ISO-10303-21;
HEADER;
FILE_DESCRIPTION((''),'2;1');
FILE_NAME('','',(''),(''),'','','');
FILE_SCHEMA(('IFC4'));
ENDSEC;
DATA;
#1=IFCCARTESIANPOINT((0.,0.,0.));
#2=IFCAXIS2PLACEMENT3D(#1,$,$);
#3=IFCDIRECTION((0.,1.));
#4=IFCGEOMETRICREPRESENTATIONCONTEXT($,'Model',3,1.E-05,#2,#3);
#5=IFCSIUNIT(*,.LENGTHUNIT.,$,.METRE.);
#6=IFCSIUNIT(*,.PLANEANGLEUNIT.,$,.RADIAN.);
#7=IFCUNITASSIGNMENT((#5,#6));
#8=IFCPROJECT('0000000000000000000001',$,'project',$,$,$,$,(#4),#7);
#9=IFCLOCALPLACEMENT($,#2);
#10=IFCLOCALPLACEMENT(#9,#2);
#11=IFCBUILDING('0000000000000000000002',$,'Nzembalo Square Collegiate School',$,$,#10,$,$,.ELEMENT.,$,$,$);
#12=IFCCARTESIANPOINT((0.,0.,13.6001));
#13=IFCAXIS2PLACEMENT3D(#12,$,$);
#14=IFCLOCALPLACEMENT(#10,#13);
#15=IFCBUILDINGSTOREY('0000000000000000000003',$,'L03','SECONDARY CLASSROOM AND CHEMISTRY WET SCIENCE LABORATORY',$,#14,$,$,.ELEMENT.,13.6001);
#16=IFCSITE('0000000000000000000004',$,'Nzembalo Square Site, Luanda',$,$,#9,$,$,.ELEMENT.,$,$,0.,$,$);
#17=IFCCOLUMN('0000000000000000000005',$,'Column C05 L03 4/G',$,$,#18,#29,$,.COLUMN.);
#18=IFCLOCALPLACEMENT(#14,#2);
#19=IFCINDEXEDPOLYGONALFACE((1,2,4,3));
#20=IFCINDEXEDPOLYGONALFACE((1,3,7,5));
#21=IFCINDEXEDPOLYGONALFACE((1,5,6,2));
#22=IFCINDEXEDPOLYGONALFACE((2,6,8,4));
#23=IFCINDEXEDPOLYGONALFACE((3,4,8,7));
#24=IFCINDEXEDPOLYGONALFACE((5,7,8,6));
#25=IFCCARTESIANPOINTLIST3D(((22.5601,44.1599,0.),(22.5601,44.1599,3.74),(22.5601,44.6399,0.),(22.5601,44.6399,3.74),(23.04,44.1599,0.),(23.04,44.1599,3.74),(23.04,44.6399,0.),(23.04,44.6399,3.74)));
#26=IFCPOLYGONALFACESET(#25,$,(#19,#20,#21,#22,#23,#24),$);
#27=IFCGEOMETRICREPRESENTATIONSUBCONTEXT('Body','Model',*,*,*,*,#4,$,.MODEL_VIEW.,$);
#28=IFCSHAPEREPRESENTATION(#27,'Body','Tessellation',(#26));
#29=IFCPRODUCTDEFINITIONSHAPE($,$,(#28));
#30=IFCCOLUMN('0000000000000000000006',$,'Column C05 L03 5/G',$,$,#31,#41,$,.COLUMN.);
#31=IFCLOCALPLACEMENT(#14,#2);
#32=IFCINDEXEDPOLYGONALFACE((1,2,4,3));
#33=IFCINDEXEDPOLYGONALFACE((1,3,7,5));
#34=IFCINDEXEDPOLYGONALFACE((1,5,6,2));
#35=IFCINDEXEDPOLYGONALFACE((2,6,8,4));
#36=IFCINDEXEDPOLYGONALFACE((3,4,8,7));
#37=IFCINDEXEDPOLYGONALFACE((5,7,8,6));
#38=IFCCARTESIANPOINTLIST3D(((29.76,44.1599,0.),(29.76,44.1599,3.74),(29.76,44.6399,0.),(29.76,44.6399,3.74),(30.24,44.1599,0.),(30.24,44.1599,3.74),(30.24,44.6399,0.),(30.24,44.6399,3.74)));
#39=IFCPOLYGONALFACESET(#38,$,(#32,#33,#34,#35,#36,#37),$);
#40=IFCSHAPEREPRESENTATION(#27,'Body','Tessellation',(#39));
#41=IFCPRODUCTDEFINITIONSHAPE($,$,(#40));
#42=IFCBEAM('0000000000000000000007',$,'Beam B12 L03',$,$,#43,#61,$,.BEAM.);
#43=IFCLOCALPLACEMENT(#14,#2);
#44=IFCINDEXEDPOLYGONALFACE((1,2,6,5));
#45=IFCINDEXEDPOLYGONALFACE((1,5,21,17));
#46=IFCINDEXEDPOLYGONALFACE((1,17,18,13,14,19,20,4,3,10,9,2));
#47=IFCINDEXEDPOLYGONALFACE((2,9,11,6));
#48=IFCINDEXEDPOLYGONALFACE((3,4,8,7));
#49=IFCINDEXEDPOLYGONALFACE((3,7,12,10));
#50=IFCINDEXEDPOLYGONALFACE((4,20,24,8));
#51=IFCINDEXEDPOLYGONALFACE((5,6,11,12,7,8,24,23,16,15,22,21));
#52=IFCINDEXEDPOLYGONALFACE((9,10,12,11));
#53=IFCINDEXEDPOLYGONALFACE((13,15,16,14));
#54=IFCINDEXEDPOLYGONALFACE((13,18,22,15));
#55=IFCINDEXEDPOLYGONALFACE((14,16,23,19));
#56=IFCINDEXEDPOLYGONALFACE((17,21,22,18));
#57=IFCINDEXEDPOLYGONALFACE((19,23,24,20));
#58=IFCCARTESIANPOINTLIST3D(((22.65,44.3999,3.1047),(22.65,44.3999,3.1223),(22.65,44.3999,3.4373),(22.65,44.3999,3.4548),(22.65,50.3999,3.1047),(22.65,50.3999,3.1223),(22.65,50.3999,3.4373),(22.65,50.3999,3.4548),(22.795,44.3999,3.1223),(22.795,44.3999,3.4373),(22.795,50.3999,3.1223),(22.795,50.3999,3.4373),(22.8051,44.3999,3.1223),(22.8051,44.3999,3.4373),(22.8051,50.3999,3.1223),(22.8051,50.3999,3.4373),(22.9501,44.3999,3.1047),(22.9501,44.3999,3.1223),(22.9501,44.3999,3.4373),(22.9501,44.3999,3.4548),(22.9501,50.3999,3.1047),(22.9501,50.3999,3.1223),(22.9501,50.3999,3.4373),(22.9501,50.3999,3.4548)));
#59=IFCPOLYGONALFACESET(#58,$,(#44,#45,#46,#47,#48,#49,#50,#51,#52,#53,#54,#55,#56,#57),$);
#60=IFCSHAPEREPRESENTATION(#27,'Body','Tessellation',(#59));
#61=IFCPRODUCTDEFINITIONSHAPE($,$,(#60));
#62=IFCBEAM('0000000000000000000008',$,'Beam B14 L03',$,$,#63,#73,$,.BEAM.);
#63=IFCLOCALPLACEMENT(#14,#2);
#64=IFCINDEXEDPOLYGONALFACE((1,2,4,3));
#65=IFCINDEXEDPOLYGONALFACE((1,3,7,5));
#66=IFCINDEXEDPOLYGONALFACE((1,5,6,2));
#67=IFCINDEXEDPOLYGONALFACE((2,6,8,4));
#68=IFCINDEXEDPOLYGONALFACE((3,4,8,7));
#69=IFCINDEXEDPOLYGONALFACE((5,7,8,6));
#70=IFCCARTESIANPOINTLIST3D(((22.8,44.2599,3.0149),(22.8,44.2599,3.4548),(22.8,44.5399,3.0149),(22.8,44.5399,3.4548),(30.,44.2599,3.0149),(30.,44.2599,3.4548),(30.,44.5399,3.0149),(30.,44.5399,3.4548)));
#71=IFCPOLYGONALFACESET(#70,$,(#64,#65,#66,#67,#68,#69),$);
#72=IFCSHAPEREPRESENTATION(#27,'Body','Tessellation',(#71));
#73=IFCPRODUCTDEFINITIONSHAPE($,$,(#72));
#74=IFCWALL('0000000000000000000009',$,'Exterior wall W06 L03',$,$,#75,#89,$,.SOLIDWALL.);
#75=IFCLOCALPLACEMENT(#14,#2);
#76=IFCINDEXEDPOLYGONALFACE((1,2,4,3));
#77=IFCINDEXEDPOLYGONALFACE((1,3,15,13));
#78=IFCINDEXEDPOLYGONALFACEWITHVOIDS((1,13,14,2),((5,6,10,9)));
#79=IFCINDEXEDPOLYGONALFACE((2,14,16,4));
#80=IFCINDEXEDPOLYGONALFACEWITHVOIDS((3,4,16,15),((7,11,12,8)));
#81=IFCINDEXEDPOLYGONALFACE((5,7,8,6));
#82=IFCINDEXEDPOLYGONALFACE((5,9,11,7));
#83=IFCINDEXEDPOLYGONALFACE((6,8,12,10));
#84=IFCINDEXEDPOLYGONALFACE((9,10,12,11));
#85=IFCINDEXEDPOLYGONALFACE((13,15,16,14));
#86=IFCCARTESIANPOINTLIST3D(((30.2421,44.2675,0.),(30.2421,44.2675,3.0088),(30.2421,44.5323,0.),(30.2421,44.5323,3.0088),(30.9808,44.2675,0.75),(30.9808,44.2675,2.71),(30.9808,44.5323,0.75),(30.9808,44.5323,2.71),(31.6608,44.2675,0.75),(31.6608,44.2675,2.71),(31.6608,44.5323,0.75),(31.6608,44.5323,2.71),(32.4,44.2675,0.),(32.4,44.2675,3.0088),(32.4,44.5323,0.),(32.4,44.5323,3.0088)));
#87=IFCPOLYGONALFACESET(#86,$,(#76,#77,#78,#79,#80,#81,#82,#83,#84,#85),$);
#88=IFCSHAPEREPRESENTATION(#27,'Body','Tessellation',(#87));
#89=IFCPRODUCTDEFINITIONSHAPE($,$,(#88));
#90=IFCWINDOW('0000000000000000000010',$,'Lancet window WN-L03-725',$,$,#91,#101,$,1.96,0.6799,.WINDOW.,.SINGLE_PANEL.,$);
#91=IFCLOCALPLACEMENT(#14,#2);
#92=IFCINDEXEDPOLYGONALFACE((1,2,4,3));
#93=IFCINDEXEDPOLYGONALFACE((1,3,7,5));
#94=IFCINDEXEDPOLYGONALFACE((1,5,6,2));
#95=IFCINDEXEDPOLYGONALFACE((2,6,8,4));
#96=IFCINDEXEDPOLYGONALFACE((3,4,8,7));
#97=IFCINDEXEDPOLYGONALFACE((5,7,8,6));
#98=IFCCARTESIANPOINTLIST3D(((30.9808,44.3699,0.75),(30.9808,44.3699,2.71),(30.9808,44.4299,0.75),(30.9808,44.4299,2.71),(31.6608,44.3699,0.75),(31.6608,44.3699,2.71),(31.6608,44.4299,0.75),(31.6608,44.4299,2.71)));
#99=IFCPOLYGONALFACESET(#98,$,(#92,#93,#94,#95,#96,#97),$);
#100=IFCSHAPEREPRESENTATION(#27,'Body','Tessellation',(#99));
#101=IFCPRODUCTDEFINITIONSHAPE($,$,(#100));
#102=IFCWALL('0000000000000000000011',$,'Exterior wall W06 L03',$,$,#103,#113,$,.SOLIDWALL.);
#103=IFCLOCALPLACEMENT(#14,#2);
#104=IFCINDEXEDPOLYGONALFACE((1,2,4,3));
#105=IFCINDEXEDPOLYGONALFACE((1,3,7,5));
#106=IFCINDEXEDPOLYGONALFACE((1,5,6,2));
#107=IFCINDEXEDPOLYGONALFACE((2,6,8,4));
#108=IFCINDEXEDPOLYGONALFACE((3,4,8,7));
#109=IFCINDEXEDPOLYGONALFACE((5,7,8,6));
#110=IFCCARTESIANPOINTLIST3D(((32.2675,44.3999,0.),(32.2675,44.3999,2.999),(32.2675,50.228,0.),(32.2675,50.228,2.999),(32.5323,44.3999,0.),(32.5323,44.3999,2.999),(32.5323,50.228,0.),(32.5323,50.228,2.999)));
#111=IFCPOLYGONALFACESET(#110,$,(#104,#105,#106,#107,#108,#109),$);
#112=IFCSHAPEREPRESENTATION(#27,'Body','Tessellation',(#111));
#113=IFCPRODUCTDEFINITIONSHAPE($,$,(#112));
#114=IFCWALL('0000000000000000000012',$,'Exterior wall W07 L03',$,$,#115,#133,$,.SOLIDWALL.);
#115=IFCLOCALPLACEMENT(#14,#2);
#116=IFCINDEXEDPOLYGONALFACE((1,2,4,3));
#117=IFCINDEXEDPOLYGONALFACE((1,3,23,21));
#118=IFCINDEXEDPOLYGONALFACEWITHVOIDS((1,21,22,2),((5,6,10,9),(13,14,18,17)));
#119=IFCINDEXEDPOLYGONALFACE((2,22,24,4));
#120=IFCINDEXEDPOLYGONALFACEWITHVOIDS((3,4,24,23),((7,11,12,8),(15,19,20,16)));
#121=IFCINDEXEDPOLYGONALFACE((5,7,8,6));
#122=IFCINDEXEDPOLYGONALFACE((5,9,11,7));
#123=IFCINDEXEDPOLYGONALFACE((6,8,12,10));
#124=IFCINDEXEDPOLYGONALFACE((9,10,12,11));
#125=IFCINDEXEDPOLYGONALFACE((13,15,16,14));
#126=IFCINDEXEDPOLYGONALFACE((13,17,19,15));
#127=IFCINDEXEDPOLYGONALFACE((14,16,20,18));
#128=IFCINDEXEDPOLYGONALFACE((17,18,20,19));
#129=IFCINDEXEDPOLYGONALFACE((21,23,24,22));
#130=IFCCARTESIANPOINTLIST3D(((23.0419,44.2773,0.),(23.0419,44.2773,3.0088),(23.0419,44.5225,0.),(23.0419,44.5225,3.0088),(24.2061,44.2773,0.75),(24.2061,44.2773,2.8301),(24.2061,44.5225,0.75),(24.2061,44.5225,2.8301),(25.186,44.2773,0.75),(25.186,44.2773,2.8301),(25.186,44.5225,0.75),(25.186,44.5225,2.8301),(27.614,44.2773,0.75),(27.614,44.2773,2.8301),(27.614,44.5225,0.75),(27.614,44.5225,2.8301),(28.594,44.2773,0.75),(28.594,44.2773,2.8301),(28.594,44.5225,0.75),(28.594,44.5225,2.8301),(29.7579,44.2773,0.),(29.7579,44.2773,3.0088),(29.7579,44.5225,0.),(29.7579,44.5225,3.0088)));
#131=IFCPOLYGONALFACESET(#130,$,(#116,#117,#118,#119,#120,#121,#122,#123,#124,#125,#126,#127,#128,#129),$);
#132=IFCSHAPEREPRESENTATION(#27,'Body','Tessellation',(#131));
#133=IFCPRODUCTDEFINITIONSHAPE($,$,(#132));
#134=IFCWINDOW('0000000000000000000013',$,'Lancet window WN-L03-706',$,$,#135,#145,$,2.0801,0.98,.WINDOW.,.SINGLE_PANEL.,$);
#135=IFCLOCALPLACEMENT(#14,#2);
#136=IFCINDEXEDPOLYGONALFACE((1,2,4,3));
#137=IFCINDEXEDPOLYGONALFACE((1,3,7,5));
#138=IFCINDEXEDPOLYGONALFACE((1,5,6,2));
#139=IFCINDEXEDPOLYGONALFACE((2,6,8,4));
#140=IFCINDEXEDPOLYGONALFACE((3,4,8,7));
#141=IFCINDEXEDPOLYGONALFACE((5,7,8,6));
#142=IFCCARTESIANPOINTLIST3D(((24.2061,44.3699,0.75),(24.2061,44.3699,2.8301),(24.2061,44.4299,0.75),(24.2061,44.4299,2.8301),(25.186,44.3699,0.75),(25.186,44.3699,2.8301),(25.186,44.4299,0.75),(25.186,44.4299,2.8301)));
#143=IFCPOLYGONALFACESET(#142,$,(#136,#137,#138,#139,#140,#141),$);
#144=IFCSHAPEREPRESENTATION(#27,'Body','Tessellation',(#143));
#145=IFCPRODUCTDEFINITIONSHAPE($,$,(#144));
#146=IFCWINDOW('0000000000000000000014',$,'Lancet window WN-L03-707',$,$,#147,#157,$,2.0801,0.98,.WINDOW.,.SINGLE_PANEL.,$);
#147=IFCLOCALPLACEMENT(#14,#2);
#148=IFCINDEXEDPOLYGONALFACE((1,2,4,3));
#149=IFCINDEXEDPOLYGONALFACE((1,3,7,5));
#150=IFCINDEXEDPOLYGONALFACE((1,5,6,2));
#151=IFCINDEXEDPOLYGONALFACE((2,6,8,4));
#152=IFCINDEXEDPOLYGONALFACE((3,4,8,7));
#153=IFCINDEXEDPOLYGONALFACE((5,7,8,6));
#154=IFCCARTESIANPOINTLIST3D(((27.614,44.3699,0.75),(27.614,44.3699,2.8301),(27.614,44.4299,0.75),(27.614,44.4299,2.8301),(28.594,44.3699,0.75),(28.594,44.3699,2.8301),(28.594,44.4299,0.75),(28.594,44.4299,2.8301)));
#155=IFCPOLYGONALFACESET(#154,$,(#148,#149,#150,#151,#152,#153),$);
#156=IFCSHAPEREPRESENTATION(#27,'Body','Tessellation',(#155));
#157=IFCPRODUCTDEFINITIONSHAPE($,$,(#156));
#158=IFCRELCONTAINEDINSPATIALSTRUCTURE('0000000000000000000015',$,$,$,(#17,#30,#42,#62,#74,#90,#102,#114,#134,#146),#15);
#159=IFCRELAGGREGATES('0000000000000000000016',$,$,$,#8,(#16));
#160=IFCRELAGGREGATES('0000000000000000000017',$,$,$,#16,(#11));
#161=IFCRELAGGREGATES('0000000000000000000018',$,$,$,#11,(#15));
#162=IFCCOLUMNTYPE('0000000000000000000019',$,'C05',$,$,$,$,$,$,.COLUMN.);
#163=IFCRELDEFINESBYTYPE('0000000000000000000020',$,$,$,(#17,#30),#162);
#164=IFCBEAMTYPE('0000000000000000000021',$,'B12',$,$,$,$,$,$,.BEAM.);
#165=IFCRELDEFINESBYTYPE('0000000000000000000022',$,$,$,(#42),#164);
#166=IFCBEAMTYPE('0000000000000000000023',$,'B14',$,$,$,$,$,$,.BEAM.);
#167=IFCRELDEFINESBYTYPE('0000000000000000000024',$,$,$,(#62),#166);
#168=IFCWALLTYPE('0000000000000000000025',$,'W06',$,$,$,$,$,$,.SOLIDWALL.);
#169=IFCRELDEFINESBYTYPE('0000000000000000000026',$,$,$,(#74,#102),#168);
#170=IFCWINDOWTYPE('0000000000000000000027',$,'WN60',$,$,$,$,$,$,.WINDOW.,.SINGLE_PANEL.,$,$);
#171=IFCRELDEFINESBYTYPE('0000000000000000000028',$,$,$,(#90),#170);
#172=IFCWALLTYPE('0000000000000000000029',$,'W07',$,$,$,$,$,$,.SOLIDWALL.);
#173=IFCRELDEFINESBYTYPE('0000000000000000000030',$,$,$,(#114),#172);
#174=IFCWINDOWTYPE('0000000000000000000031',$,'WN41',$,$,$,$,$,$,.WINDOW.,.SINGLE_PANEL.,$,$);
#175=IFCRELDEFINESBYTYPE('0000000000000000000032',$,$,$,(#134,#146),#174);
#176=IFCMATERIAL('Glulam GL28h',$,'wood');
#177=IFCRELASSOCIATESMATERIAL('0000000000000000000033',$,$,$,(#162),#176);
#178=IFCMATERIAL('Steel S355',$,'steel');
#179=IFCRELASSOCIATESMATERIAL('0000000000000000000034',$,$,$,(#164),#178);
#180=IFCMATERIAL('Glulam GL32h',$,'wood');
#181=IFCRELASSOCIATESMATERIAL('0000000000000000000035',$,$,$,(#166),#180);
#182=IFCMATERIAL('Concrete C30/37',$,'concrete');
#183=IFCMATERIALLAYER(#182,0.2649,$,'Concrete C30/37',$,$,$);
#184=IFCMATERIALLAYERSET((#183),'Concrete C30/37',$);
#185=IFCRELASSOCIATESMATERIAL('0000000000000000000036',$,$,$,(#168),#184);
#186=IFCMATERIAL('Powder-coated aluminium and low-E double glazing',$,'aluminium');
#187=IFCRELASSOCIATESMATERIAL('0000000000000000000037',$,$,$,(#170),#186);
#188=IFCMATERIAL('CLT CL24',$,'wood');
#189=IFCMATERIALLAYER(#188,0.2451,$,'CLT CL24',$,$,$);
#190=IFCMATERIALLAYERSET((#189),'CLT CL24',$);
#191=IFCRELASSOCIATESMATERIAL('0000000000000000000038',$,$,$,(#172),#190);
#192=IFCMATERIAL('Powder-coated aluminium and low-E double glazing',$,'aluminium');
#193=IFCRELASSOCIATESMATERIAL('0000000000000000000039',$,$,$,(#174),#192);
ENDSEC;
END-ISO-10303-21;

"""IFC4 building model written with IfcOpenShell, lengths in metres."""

from ifc_helpers import new_model, si_unit, direction, frame, frame_2d, origin, origin_2d, place, context, subcontext, project, spatial, rectangle, i_section, extrude, material, layer, layer_set, material_profile, profile_set, type_object, element, fill, save


model = new_model("IFC4")

# Units and contexts
model_context = context("Model", 3, precision=1e-05, world=origin(), true_north=direction((0.0, 1.0)))
body_context = subcontext(model_context, "Body", "Model", "MODEL_VIEW")
ifc_project = project(units=[si_unit("LENGTHUNIT", "METRE"), si_unit("PLANEANGLEUNIT", "RADIAN")], contexts=[model_context])

# Site, building, storey
site_placement = place(None, origin())
site = spatial("IfcSite", under=ifc_project, at=site_placement, Name="Nzembalo Square Site, Luanda", CompositionType="ELEMENT", RefElevation=0.0)
building_placement = place(site_placement, origin())
building = spatial("IfcBuilding", under=site, at=building_placement, Name="Nzembalo Square Collegiate School", CompositionType="ELEMENT")
storey_placement = place(building_placement, frame((0.0, 0.0, 13.6001)))
storey = spatial("IfcBuildingStorey", under=building, at=storey_placement, Name="L03", Description="SECONDARY CLASSROOM AND CHEMISTRY WET SCIENCE LABORATORY", CompositionType="ELEMENT", Elevation=13.6001)

# Columns
ifc_material_1 = material(Name="Glulam GL28h", Category="wood")
ifc_material_profile_1 = material_profile(ifc_material_1, rectangle(XDim=0.48, YDim=0.48, at=origin_2d()), Name="GL28h 480x480")
ifc_profile_set_1 = profile_set([ifc_material_profile_1], Name="Glulam GL28h")
column_type = type_object("IfcColumnType", Name="C05", PredefinedType="COLUMN", material=ifc_profile_set_1)
for number, where, z_axis, x_axis, name in (
    (1, (22.8, 44.3999, 0.0), (0.0, 0.0, 1.0), (1.0, 0.0, 0.0), "Column C05 L03 4/G"),
    (2, (30.0, 44.3999, 0.0), (0.0, 0.0, 1.0), (1.0, 0.0, 0.0), "Column C05 L03 5/G"),
):
    element("IfcColumn", number, at=place(storey_placement, frame(where, z_axis=z_axis, x_axis=x_axis)), inside=storey, type_object=column_type, Name=name, PredefinedType="COLUMN", context=body_context, shape_type="SweptSolid", body=[
        extrude(rectangle(XDim=0.48, YDim=0.48, at=origin_2d()), origin(), (0.0, 0.0, 1.0), 3.74),
    ])

# Beams
ifc_material_2 = material(Name="Steel S355", Category="steel")
ifc_material_profile_2 = material_profile(ifc_material_2, i_section(OverallWidth=0.3, OverallDepth=0.3501, WebThickness=0.01, FlangeThickness=0.0176, at=origin_2d()), Name="HEA 360")
ifc_profile_set_2 = profile_set([ifc_material_profile_2], Name="Steel S355")
beam_type_1 = type_object("IfcBeamType", Name="B12", PredefinedType="BEAM", material=ifc_profile_set_2)
beam_1_placement = place(storey_placement, frame((22.8, 44.3999, 3.2798), z_axis=(0.0, 1.0, 0.0), x_axis=(-1.0, 0.0, 0.0)))
element("IfcBeam", 3, at=beam_1_placement, inside=storey, type_object=beam_type_1, Name="Beam B12 L03", PredefinedType="BEAM", context=body_context, shape_type="SweptSolid", body=[
    extrude(i_section(OverallWidth=0.3, OverallDepth=0.3501, WebThickness=0.01, FlangeThickness=0.0176, at=origin_2d()), origin(), (0.0, 0.0, 1.0), 6.0),
])
ifc_material_3 = material(Name="Glulam GL32h", Category="wood")
ifc_material_profile_3 = material_profile(ifc_material_3, rectangle(XDim=0.28, YDim=0.4399, at=origin_2d()), Name="GL32h 280x440")
ifc_profile_set_3 = profile_set([ifc_material_profile_3], Name="Glulam GL32h")
beam_type_2 = type_object("IfcBeamType", Name="B14", PredefinedType="BEAM", material=ifc_profile_set_3)
beam_2_placement = place(storey_placement, frame((22.8, 44.3999, 3.2349), z_axis=(1.0, 0.0, 0.0), x_axis=(0.0, 1.0, 0.0)))
element("IfcBeam", 4, at=beam_2_placement, inside=storey, type_object=beam_type_2, Name="Beam B14 L03", PredefinedType="BEAM", context=body_context, shape_type="SweptSolid", body=[
    extrude(rectangle(XDim=0.28, YDim=0.4399, at=origin_2d()), origin(), (0.0, 0.0, 1.0), 7.2),
])

# Wall, opening, window
ifc_material_4 = material(Name="Concrete C30/37", Category="concrete")
ifc_layer_1 = layer(ifc_material_4, 0.2649, Name="Concrete C30/37")
ifc_layer_set_1 = layer_set([ifc_layer_1], Name="Concrete C30/37")
wall_type_1 = type_object("IfcWallType", Name="W06", PredefinedType="SOLIDWALL", material=ifc_layer_set_1)
wall_1_placement = place(storey_placement, frame((30.2419, 44.3999, 0.0), z_axis=(0.0, 0.0, 1.0), x_axis=(1.0, 0.0, 0.0)))
wall_1 = element("IfcWall", 5, at=wall_1_placement, inside=storey, type_object=wall_type_1, Name="Exterior wall W06 L03", PredefinedType="SOLIDWALL", context=body_context, shape_type="SweptSolid", body=[
    extrude(rectangle(XDim=2.158, YDim=0.2649, at=frame_2d((1.0791, 0.0))), origin(), (0.0, 0.0, 1.0), 3.0088),
])
opening_1_placement = place(wall_1_placement, frame((0.739, 0.0, 0.75)))
opening_1 = element("IfcOpeningElement", 6, at=opening_1_placement, cuts=wall_1, PredefinedType="OPENING", context=body_context, shape_type="SweptSolid", body=[
    extrude(rectangle(XDim=0.6799, YDim=1.96, at=frame_2d((0.3398, 0.98))), frame((0.0, 0.1426, 0.0), z_axis=(0.0, -1.0, 0.0), x_axis=(1.0, 0.0, 0.0)), (0.0, 0.0, 1.0), 0.2849),
])
ifc_material_5 = material(Name="Powder-coated aluminium and low-E double glazing", Category="aluminium")
window_type_1 = type_object("IfcWindowType", Name="WN60", PartitioningType="SINGLE_PANEL", PredefinedType="WINDOW", material=ifc_material_5)
window_1_placement = place(opening_1_placement, origin())
window_1 = element("IfcWindow", 7, at=window_1_placement, inside=storey, type_object=window_type_1, Name="Lancet window WN-L03-725", OverallHeight=1.96, OverallWidth=0.6799, PartitioningType="SINGLE_PANEL", PredefinedType="WINDOW", context=body_context, shape_type="SweptSolid", body=[
    extrude(rectangle(XDim=0.6799, YDim=1.96, at=frame_2d((0.3398, 0.98))), frame((0.0, 0.03, 0.0), z_axis=(0.0, -1.0, 0.0), x_axis=(1.0, 0.0, 0.0)), (0.0, 0.0, 1.0), 0.0601),
])
fill(opening_1, window_1)

# Wall
wall_2_placement = place(storey_placement, frame((32.3999, 44.3999, 0.0), z_axis=(0.0, 0.0, 1.0), x_axis=(0.0, 1.0, 0.0)))
element("IfcWall", 8, at=wall_2_placement, inside=storey, type_object=wall_type_1, Name="Exterior wall W06 L03", PredefinedType="SOLIDWALL", context=body_context, shape_type="SweptSolid", body=[
    extrude(rectangle(XDim=5.8281, YDim=0.2649, at=frame_2d((2.9141, 0.0))), origin(), (0.0, 0.0, 1.0), 2.999),
])

# Wall, openings, windows
ifc_material_6 = material(Name="CLT CL24", Category="wood")
ifc_layer_2 = layer(ifc_material_6, 0.2451, Name="CLT CL24")
ifc_layer_set_2 = layer_set([ifc_layer_2], Name="CLT CL24")
wall_type_2 = type_object("IfcWallType", Name="W07", PredefinedType="SOLIDWALL", material=ifc_layer_set_2)
wall_3_placement = place(storey_placement, frame((23.042, 44.3999, 0.0), z_axis=(0.0, 0.0, 1.0), x_axis=(1.0, 0.0, 0.0)))
wall_3 = element("IfcWall", 9, at=wall_3_placement, inside=storey, type_object=wall_type_2, Name="Exterior wall W07 L03", PredefinedType="SOLIDWALL", context=body_context, shape_type="SweptSolid", body=[
    extrude(rectangle(XDim=6.7161, YDim=0.2451, at=frame_2d((3.3579, 0.0))), origin(), (0.0, 0.0, 1.0), 3.0088),
])
opening_2_placement = place(wall_3_placement, frame((1.1641, 0.0, 0.75)))
opening_2 = element("IfcOpeningElement", 10, at=opening_2_placement, cuts=wall_3, PredefinedType="OPENING", context=body_context, shape_type="SweptSolid", body=[
    extrude(rectangle(XDim=0.98, YDim=2.0801, at=frame_2d((0.49, 1.04))), frame((0.0, 0.1326, 0.0), z_axis=(0.0, -1.0, 0.0), x_axis=(1.0, 0.0, 0.0)), (0.0, 0.0, 1.0), 0.2651),
])
opening_3_placement = place(wall_3_placement, frame((4.572, 0.0, 0.75)))
opening_3 = element("IfcOpeningElement", 11, at=opening_3_placement, cuts=wall_3, PredefinedType="OPENING", context=body_context, shape_type="SweptSolid", body=[
    extrude(rectangle(XDim=0.98, YDim=2.0801, at=frame_2d((0.49, 1.04))), frame((0.0, 0.1326, 0.0), z_axis=(0.0, -1.0, 0.0), x_axis=(1.0, 0.0, 0.0)), (0.0, 0.0, 1.0), 0.2651),
])
ifc_material_7 = material(Name="Powder-coated aluminium and low-E double glazing", Category="aluminium")
window_type_2 = type_object("IfcWindowType", Name="WN41", PartitioningType="SINGLE_PANEL", PredefinedType="WINDOW", material=ifc_material_7)
window_2_placement = place(opening_2_placement, origin())
window_2 = element("IfcWindow", 12, at=window_2_placement, inside=storey, type_object=window_type_2, Name="Lancet window WN-L03-706", OverallHeight=2.0801, OverallWidth=0.98, PartitioningType="SINGLE_PANEL", PredefinedType="WINDOW", context=body_context, shape_type="SweptSolid", body=[
    extrude(rectangle(XDim=0.98, YDim=2.0801, at=frame_2d((0.49, 1.04))), frame((0.0, 0.03, 0.0), z_axis=(0.0, -1.0, 0.0), x_axis=(1.0, 0.0, 0.0)), (0.0, 0.0, 1.0), 0.0601),
])
fill(opening_2, window_2)
window_3_placement = place(opening_3_placement, origin())
window_3 = element("IfcWindow", 13, at=window_3_placement, inside=storey, type_object=window_type_2, Name="Lancet window WN-L03-707", OverallHeight=2.0801, OverallWidth=0.98, PartitioningType="SINGLE_PANEL", PredefinedType="WINDOW", context=body_context, shape_type="SweptSolid", body=[
    extrude(rectangle(XDim=0.98, YDim=2.0801, at=frame_2d((0.49, 1.04))), frame((0.0, 0.03, 0.0), z_axis=(0.0, -1.0, 0.0), x_axis=(1.0, 0.0, 0.0)), (0.0, 0.0, 1.0), 0.0601),
])
fill(opening_3, window_3)

save(model, "model.ifc")
